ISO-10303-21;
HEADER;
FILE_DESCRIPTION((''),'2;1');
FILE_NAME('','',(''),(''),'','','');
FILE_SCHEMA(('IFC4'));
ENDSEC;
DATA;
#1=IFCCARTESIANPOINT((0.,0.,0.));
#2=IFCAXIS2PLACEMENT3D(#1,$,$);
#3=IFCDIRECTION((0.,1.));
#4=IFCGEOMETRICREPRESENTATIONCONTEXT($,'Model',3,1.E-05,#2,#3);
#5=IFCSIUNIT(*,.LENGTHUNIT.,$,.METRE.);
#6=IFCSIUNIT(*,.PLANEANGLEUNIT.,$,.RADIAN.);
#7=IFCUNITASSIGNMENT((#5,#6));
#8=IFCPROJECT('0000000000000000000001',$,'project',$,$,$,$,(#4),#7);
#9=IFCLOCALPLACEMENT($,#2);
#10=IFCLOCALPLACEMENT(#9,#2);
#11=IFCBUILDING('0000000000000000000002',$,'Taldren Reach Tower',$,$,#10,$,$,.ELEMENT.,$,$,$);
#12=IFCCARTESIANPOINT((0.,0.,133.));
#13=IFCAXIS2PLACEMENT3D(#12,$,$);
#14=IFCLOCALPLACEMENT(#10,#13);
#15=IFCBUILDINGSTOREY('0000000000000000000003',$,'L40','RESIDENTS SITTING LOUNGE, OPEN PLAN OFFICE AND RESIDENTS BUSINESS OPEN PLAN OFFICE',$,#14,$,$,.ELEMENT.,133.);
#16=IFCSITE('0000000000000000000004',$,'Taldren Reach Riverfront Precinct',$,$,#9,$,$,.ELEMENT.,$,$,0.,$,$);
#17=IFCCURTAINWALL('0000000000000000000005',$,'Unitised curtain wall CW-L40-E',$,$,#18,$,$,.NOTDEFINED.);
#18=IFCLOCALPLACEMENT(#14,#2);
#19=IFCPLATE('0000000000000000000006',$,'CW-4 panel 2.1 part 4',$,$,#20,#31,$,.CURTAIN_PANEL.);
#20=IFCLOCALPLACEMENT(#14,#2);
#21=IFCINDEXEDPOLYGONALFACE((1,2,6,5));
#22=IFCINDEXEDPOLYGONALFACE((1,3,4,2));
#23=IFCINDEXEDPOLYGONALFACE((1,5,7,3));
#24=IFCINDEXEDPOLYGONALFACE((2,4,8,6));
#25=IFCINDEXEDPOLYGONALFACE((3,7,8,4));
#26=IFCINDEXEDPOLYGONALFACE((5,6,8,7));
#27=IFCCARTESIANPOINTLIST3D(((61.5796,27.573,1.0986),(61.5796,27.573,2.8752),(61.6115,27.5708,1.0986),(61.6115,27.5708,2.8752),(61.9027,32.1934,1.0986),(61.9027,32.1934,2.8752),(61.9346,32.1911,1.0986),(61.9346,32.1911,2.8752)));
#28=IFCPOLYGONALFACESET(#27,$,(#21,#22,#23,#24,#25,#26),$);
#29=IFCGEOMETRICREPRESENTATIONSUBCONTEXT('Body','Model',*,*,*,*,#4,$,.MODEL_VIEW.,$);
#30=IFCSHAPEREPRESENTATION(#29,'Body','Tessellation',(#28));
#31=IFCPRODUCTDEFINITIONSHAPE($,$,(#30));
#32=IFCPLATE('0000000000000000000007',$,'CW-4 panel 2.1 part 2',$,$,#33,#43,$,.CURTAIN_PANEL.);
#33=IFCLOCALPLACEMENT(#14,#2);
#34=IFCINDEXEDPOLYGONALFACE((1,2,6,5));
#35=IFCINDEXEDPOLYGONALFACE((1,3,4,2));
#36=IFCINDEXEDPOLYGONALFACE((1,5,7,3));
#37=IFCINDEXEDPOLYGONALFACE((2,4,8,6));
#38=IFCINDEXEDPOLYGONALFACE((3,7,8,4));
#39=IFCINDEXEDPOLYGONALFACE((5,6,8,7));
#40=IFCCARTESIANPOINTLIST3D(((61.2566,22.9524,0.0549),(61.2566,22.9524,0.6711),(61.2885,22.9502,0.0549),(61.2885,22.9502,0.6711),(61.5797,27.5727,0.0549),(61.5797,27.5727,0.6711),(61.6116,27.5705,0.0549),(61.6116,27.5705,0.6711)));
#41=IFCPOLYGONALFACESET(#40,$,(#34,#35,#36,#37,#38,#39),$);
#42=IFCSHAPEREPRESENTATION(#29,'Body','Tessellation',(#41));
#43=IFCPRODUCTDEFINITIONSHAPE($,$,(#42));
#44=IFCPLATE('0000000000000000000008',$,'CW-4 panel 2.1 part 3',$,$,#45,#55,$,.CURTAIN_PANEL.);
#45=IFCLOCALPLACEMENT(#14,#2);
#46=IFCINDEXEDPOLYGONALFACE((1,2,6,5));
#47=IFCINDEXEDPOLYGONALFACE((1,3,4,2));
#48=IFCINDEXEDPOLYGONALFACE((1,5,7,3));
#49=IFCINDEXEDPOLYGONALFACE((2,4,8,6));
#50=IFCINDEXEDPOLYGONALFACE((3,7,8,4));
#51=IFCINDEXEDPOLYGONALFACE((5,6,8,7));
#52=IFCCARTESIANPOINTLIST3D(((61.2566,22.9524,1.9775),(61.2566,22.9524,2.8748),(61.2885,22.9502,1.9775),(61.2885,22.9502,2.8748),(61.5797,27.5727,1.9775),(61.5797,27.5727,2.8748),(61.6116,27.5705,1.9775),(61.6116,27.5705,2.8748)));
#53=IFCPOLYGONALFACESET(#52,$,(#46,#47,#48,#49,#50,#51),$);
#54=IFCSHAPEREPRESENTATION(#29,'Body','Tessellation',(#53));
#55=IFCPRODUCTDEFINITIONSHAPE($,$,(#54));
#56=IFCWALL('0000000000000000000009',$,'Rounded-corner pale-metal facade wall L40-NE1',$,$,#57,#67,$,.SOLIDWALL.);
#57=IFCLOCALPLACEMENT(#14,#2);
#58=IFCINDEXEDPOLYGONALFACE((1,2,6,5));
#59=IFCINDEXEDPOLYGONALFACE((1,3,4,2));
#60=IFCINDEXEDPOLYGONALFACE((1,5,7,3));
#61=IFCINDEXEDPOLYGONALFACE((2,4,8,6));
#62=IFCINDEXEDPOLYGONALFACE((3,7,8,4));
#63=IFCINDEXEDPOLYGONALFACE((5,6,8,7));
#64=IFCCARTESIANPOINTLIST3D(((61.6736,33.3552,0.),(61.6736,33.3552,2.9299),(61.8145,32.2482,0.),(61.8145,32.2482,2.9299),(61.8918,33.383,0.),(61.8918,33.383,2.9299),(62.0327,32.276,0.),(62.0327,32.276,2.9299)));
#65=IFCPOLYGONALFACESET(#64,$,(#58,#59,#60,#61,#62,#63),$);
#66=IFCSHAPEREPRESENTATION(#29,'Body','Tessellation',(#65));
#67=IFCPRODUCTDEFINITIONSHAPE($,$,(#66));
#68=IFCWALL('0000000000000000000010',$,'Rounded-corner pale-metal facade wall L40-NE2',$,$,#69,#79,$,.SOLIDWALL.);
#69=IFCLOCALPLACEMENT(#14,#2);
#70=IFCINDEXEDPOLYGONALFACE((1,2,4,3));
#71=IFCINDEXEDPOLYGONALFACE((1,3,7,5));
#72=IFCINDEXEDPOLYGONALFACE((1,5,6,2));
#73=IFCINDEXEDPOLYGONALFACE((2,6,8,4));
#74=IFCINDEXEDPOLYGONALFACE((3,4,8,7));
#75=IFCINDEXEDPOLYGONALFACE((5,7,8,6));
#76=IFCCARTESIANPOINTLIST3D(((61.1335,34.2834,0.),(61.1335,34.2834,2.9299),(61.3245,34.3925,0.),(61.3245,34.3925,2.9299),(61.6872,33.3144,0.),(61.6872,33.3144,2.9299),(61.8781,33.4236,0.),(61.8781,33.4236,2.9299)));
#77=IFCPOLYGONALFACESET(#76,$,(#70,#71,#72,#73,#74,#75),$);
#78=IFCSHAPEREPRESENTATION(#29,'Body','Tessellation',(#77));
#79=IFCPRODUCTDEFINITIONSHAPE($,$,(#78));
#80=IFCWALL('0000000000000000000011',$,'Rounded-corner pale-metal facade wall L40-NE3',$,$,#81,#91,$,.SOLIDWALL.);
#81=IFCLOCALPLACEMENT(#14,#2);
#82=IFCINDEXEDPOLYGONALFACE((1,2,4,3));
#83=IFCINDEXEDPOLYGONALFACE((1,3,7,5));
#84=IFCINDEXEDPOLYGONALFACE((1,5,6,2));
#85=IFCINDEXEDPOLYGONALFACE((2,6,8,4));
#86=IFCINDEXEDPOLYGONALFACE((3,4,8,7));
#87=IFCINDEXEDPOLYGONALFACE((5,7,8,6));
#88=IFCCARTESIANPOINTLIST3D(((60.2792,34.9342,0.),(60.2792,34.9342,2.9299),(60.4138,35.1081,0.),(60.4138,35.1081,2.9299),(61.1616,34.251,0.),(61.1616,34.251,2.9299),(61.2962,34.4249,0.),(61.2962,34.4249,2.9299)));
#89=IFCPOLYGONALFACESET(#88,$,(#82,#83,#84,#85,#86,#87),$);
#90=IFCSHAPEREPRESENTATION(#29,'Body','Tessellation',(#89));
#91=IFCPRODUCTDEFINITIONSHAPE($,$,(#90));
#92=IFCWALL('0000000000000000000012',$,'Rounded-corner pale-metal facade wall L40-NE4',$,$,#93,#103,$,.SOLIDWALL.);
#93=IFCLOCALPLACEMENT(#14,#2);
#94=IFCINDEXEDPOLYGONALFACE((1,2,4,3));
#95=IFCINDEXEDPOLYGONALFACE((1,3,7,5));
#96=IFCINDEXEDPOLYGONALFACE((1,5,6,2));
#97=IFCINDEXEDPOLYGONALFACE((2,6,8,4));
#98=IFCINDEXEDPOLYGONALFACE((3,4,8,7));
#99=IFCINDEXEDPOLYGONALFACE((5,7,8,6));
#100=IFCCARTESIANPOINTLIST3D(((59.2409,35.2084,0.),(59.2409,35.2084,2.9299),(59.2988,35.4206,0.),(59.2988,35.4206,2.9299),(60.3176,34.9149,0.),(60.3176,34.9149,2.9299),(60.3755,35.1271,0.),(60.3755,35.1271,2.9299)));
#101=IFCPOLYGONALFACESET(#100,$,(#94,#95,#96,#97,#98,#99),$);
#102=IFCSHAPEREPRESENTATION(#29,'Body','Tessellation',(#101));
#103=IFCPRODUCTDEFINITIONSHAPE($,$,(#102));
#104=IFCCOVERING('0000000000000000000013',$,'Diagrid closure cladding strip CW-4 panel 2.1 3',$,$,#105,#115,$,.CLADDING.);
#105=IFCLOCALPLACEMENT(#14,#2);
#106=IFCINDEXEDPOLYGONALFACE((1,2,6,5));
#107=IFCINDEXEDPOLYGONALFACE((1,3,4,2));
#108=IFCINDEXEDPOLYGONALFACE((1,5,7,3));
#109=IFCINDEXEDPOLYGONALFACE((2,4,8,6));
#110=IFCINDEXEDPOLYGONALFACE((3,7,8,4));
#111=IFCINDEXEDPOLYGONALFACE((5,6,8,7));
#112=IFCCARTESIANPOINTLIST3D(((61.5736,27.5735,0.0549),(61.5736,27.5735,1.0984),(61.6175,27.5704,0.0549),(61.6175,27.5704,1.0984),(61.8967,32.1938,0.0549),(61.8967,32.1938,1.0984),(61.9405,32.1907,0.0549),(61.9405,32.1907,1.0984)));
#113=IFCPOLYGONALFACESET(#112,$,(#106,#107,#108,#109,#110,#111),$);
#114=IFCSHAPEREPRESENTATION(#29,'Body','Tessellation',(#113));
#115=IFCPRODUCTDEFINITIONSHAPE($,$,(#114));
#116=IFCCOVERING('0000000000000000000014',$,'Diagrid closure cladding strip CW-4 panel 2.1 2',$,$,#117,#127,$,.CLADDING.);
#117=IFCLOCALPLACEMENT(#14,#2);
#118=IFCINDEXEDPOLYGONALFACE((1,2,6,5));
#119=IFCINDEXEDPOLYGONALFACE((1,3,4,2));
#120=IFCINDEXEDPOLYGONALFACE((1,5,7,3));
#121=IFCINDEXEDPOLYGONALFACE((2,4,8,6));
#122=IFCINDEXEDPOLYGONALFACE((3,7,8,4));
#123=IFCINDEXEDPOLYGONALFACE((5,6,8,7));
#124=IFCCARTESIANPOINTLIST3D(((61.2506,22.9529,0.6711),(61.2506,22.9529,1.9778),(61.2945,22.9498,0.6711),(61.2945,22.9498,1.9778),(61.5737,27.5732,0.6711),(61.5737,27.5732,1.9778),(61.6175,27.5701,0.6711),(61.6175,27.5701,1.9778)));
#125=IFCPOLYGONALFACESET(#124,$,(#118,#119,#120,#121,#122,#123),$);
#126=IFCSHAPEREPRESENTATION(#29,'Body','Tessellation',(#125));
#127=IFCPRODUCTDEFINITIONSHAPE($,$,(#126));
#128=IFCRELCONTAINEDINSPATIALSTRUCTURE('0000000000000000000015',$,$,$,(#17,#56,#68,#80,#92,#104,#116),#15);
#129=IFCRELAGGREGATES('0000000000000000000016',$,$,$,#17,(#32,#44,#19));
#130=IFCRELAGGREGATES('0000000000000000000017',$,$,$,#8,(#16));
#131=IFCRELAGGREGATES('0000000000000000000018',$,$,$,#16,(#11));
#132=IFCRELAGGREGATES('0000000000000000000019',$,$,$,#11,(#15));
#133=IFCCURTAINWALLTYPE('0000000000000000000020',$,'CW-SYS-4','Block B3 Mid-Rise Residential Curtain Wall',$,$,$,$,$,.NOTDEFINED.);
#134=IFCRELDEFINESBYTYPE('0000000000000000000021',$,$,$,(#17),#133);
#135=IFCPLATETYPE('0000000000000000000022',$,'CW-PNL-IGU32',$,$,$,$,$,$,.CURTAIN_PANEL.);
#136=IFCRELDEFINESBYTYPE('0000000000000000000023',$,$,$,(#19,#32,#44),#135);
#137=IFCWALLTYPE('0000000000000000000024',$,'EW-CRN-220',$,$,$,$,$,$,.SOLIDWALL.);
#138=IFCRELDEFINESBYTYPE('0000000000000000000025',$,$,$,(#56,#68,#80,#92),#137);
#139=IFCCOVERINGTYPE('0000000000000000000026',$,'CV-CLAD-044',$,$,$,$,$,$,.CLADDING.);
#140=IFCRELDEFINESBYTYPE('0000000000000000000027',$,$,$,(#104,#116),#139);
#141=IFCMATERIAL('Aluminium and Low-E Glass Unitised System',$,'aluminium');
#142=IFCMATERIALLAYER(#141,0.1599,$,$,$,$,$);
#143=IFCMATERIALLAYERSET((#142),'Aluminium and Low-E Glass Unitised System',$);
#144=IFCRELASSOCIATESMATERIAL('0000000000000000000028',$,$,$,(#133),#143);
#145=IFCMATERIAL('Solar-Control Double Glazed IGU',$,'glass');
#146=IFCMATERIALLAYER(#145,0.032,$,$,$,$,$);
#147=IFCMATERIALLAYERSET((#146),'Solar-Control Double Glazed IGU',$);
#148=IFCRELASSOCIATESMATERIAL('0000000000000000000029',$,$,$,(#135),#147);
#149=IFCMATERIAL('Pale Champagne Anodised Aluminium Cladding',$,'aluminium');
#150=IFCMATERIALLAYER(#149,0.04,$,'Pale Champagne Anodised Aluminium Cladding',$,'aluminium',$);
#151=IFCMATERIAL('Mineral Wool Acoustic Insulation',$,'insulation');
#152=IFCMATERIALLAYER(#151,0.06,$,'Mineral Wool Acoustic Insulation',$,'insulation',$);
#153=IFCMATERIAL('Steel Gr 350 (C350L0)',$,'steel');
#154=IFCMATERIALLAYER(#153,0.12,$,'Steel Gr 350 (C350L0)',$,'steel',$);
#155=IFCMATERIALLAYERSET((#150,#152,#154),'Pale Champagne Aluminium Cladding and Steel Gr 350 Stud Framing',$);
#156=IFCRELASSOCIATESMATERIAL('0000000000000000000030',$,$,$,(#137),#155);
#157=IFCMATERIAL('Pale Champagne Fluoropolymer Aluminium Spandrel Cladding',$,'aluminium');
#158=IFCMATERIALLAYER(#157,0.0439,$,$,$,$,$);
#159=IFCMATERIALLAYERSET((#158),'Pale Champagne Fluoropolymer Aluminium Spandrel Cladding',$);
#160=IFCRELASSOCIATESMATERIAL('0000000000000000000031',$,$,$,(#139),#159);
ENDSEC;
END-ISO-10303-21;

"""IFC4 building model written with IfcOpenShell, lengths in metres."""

from ifc_helpers import new_model, si_unit, direction, frame, frame_2d, origin, origin_2d, place, context, subcontext, project, spatial, rectangle, extrude, source, transform, mapped, material, layer, layer_set, type_object, element, aggregate, save


model = new_model("IFC4")

# Units and contexts
model_context = context("Model", 3, precision=1e-05, world=origin(), true_north=direction((0.0, 1.0)))
body_context = subcontext(model_context, "Body", "Model", "MODEL_VIEW")
ifc_project = project(units=[si_unit("LENGTHUNIT", "METRE"), si_unit("PLANEANGLEUNIT", "RADIAN")], contexts=[model_context])

# Site, building, storey
site_placement = place(None, origin())
site = spatial("IfcSite", under=ifc_project, at=site_placement, Name="Taldren Reach Riverfront Precinct", CompositionType="ELEMENT", RefElevation=0.0)
building_placement = place(site_placement, origin())
building = spatial("IfcBuilding", under=site, at=building_placement, Name="Taldren Reach Tower", CompositionType="ELEMENT")
storey_placement = place(building_placement, frame((0.0, 0.0, 133.0)))
storey = spatial("IfcBuildingStorey", under=building, at=storey_placement, Name="L40", Description="RESIDENTS SITTING LOUNGE, OPEN PLAN OFFICE AND RESIDENTS BUSINESS OPEN PLAN OFFICE", CompositionType="ELEMENT", Elevation=133.0)

# Shared definitions
ifc_material_1 = material(Name="Steel Gr 350 (C350L0)", Category="steel")

# Shared definitions
ifc_material_2 = material(Name="Aluminium and Low-E Glass Unitised System", Category="aluminium")
ifc_layer_1 = layer(ifc_material_2, 0.1599)
ifc_layer_set_1 = layer_set([ifc_layer_1], Name="Aluminium and Low-E Glass Unitised System")
curtain_wall_type = type_object("IfcCurtainWallType", Name="CW-SYS-4", Description="Block B3 Mid-Rise Residential Curtain Wall", PredefinedType="NOTDEFINED", material=ifc_layer_set_1)

# Curtain wall
curtain_wall_1_placement = place(storey_placement, origin())
curtain_wall_1 = element("IfcCurtainWall", 1, at=curtain_wall_1_placement, inside=storey, type_object=curtain_wall_type, Name="Unitised curtain wall CW-L40-E", PredefinedType="NOTDEFINED")

# Plates
ifc_material_3 = material(Name="Solar-Control Double Glazed IGU", Category="glass")
ifc_layer_2 = layer(ifc_material_3, 0.032)
ifc_layer_set_2 = layer_set([ifc_layer_2], Name="Solar-Control Double Glazed IGU")
plate_type_1 = type_object("IfcPlateType", Name="CW-PNL-IGU32", PredefinedType="CURTAIN_PANEL", material=ifc_layer_set_2)
shared_shape_1 = source(origin(), body_context, "Body", "SweptSolid", [
    extrude(rectangle(XDim=4.6316, YDim=0.032, at=origin_2d()), origin(), (0.0, 0.0, 1.0), 1.7766),
])
plate_1_placement = place(storey_placement, frame((61.7571, 29.8821, 1.0986), z_axis=(0.0, 0.0, 1.0), x_axis=(0.069756, 0.997564, 0.0)))
plate_1 = element("IfcPlate", 2, at=plate_1_placement, type_object=plate_type_1, Name="CW-4 panel 2.1 part 4", PredefinedType="CURTAIN_PANEL", context=body_context, shape_type="MappedRepresentation", body=[
    mapped(shared_shape_1, transform((0.0, 0.0, 0.0), scale=1.0)),
])
shared_shape_2 = source(origin(), body_context, "Body", "SweptSolid", [
    extrude(rectangle(XDim=4.6316, YDim=0.032, at=origin_2d()), origin(), (0.0, 0.0, 1.0), 0.6162),
])
plate_2_placement = place(storey_placement, frame((61.4341, 25.2615, 0.0549), z_axis=(0.0, 0.0, 1.0), x_axis=(0.069756, 0.997564, 0.0)))
plate_2 = element("IfcPlate", 3, at=plate_2_placement, type_object=plate_type_1, Name="CW-4 panel 2.1 part 2", PredefinedType="CURTAIN_PANEL", context=body_context, shape_type="MappedRepresentation", body=[
    mapped(shared_shape_2, transform((0.0, 0.0, 0.0), scale=1.0)),
])
shared_shape_3 = source(origin(), body_context, "Body", "SweptSolid", [
    extrude(rectangle(XDim=4.6316, YDim=0.032, at=origin_2d()), origin(), (0.0, 0.0, 1.0), 0.8972),
])
plate_3_placement = place(storey_placement, frame((61.4341, 25.2615, 1.9775), z_axis=(0.0, 0.0, 1.0), x_axis=(0.069756, 0.997564, 0.0)))
plate_3 = element("IfcPlate", 4, at=plate_3_placement, type_object=plate_type_1, Name="CW-4 panel 2.1 part 3", PredefinedType="CURTAIN_PANEL", context=body_context, shape_type="MappedRepresentation", body=[
    mapped(shared_shape_3, transform((0.0, 0.0, 0.0), scale=1.0)),
])
aggregate(curtain_wall_1, [plate_2, plate_3, plate_1])

# Walls
ifc_material_4 = material(Name="Pale Champagne Anodised Aluminium Cladding", Category="aluminium")
ifc_layer_3 = layer(ifc_material_4, 0.04, Name="Pale Champagne Anodised Aluminium Cladding", Category="aluminium")
ifc_material_5 = material(Name="Mineral Wool Acoustic Insulation", Category="insulation")
ifc_layer_4 = layer(ifc_material_5, 0.06, Name="Mineral Wool Acoustic Insulation", Category="insulation")
ifc_layer_5 = layer(ifc_material_1, 0.12, Name="Steel Gr 350 (C350L0)", Category="steel")
ifc_layer_set_3 = layer_set([ifc_layer_3, ifc_layer_4, ifc_layer_5], Name="Pale Champagne Aluminium Cladding and Steel Gr 350 Stud Framing")
wall_type = type_object("IfcWallType", Name="EW-CRN-220", PredefinedType="SOLIDWALL", material=ifc_layer_set_3)
shared_shape_4 = source(origin(), body_context, "Body", "SweptSolid", [
    extrude(rectangle(XDim=1.116, YDim=0.22, at=frame_2d((0.5581, 0.0))), origin(), (0.0, 0.0, 1.0), 2.9299),
])
for number, where, z_axis, x_axis, name in (
    (5, (61.9236, 32.262, 0.0), (0.0, 0.0, 1.0), (-0.126243, 0.991999, 0.0), "Rounded-corner pale-metal facade wall L40-NE1"),
    (6, (61.7827, 33.3689, 0.0), (0.0, 0.0, 1.0), (-0.496139, 0.868243, 0.0), "Rounded-corner pale-metal facade wall L40-NE2"),
    (7, (61.229, 34.3379, 0.0), (0.0, 0.0, 1.0), (-0.790717, 0.612182, 0.0), "Rounded-corner pale-metal facade wall L40-NE3"),
    (8, (60.3467, 35.021, 0.0), (0.0, 0.0, 1.0), (-0.964804, 0.262969, 0.0), "Rounded-corner pale-metal facade wall L40-NE4"),
):
    element("IfcWall", number, at=place(storey_placement, frame(where, z_axis=z_axis, x_axis=x_axis)), inside=storey, type_object=wall_type, Name=name, PredefinedType="SOLIDWALL", context=body_context, shape_type="MappedRepresentation", body=[
        mapped(shared_shape_4, transform((0.0, 0.0, 0.0), scale=1.0)),
    ])

# Coverings
ifc_material_6 = material(Name="Pale Champagne Fluoropolymer Aluminium Spandrel Cladding", Category="aluminium")
ifc_layer_6 = layer(ifc_material_6, 0.0439)
ifc_layer_set_4 = layer_set([ifc_layer_6], Name="Pale Champagne Fluoropolymer Aluminium Spandrel Cladding")
covering_type = type_object("IfcCoveringType", Name="CV-CLAD-044", PredefinedType="CLADDING", material=ifc_layer_set_4)
shared_shape_5 = source(origin(), body_context, "Body", "SweptSolid", [
    extrude(rectangle(XDim=4.6316, YDim=0.0439, at=origin_2d()), origin(), (0.0, 0.0, 1.0), 1.0435),
])
covering_1_placement = place(storey_placement, frame((61.7571, 29.8821, 0.0549), z_axis=(0.0, 0.0, 1.0), x_axis=(0.069756, 0.997564, 0.0)))
element("IfcCovering", 9, at=covering_1_placement, inside=storey, type_object=covering_type, Name="Diagrid closure cladding strip CW-4 panel 2.1 3", PredefinedType="CLADDING", context=body_context, shape_type="MappedRepresentation", body=[
    mapped(shared_shape_5, transform((0.0, 0.0, 0.0), scale=1.0)),
])
shared_shape_6 = source(origin(), body_context, "Body", "SweptSolid", [
    extrude(rectangle(XDim=4.6316, YDim=0.0439, at=origin_2d()), origin(), (0.0, 0.0, 1.0), 1.3066),
])
covering_2_placement = place(storey_placement, frame((61.4341, 25.2615, 0.6711), z_axis=(0.0, 0.0, 1.0), x_axis=(0.069756, 0.997564, 0.0)))
element("IfcCovering", 10, at=covering_2_placement, inside=storey, type_object=covering_type, Name="Diagrid closure cladding strip CW-4 panel 2.1 2", PredefinedType="CLADDING", context=body_context, shape_type="MappedRepresentation", body=[
    mapped(shared_shape_6, transform((0.0, 0.0, 0.0), scale=1.0)),
])

save(model, "model.ifc")
